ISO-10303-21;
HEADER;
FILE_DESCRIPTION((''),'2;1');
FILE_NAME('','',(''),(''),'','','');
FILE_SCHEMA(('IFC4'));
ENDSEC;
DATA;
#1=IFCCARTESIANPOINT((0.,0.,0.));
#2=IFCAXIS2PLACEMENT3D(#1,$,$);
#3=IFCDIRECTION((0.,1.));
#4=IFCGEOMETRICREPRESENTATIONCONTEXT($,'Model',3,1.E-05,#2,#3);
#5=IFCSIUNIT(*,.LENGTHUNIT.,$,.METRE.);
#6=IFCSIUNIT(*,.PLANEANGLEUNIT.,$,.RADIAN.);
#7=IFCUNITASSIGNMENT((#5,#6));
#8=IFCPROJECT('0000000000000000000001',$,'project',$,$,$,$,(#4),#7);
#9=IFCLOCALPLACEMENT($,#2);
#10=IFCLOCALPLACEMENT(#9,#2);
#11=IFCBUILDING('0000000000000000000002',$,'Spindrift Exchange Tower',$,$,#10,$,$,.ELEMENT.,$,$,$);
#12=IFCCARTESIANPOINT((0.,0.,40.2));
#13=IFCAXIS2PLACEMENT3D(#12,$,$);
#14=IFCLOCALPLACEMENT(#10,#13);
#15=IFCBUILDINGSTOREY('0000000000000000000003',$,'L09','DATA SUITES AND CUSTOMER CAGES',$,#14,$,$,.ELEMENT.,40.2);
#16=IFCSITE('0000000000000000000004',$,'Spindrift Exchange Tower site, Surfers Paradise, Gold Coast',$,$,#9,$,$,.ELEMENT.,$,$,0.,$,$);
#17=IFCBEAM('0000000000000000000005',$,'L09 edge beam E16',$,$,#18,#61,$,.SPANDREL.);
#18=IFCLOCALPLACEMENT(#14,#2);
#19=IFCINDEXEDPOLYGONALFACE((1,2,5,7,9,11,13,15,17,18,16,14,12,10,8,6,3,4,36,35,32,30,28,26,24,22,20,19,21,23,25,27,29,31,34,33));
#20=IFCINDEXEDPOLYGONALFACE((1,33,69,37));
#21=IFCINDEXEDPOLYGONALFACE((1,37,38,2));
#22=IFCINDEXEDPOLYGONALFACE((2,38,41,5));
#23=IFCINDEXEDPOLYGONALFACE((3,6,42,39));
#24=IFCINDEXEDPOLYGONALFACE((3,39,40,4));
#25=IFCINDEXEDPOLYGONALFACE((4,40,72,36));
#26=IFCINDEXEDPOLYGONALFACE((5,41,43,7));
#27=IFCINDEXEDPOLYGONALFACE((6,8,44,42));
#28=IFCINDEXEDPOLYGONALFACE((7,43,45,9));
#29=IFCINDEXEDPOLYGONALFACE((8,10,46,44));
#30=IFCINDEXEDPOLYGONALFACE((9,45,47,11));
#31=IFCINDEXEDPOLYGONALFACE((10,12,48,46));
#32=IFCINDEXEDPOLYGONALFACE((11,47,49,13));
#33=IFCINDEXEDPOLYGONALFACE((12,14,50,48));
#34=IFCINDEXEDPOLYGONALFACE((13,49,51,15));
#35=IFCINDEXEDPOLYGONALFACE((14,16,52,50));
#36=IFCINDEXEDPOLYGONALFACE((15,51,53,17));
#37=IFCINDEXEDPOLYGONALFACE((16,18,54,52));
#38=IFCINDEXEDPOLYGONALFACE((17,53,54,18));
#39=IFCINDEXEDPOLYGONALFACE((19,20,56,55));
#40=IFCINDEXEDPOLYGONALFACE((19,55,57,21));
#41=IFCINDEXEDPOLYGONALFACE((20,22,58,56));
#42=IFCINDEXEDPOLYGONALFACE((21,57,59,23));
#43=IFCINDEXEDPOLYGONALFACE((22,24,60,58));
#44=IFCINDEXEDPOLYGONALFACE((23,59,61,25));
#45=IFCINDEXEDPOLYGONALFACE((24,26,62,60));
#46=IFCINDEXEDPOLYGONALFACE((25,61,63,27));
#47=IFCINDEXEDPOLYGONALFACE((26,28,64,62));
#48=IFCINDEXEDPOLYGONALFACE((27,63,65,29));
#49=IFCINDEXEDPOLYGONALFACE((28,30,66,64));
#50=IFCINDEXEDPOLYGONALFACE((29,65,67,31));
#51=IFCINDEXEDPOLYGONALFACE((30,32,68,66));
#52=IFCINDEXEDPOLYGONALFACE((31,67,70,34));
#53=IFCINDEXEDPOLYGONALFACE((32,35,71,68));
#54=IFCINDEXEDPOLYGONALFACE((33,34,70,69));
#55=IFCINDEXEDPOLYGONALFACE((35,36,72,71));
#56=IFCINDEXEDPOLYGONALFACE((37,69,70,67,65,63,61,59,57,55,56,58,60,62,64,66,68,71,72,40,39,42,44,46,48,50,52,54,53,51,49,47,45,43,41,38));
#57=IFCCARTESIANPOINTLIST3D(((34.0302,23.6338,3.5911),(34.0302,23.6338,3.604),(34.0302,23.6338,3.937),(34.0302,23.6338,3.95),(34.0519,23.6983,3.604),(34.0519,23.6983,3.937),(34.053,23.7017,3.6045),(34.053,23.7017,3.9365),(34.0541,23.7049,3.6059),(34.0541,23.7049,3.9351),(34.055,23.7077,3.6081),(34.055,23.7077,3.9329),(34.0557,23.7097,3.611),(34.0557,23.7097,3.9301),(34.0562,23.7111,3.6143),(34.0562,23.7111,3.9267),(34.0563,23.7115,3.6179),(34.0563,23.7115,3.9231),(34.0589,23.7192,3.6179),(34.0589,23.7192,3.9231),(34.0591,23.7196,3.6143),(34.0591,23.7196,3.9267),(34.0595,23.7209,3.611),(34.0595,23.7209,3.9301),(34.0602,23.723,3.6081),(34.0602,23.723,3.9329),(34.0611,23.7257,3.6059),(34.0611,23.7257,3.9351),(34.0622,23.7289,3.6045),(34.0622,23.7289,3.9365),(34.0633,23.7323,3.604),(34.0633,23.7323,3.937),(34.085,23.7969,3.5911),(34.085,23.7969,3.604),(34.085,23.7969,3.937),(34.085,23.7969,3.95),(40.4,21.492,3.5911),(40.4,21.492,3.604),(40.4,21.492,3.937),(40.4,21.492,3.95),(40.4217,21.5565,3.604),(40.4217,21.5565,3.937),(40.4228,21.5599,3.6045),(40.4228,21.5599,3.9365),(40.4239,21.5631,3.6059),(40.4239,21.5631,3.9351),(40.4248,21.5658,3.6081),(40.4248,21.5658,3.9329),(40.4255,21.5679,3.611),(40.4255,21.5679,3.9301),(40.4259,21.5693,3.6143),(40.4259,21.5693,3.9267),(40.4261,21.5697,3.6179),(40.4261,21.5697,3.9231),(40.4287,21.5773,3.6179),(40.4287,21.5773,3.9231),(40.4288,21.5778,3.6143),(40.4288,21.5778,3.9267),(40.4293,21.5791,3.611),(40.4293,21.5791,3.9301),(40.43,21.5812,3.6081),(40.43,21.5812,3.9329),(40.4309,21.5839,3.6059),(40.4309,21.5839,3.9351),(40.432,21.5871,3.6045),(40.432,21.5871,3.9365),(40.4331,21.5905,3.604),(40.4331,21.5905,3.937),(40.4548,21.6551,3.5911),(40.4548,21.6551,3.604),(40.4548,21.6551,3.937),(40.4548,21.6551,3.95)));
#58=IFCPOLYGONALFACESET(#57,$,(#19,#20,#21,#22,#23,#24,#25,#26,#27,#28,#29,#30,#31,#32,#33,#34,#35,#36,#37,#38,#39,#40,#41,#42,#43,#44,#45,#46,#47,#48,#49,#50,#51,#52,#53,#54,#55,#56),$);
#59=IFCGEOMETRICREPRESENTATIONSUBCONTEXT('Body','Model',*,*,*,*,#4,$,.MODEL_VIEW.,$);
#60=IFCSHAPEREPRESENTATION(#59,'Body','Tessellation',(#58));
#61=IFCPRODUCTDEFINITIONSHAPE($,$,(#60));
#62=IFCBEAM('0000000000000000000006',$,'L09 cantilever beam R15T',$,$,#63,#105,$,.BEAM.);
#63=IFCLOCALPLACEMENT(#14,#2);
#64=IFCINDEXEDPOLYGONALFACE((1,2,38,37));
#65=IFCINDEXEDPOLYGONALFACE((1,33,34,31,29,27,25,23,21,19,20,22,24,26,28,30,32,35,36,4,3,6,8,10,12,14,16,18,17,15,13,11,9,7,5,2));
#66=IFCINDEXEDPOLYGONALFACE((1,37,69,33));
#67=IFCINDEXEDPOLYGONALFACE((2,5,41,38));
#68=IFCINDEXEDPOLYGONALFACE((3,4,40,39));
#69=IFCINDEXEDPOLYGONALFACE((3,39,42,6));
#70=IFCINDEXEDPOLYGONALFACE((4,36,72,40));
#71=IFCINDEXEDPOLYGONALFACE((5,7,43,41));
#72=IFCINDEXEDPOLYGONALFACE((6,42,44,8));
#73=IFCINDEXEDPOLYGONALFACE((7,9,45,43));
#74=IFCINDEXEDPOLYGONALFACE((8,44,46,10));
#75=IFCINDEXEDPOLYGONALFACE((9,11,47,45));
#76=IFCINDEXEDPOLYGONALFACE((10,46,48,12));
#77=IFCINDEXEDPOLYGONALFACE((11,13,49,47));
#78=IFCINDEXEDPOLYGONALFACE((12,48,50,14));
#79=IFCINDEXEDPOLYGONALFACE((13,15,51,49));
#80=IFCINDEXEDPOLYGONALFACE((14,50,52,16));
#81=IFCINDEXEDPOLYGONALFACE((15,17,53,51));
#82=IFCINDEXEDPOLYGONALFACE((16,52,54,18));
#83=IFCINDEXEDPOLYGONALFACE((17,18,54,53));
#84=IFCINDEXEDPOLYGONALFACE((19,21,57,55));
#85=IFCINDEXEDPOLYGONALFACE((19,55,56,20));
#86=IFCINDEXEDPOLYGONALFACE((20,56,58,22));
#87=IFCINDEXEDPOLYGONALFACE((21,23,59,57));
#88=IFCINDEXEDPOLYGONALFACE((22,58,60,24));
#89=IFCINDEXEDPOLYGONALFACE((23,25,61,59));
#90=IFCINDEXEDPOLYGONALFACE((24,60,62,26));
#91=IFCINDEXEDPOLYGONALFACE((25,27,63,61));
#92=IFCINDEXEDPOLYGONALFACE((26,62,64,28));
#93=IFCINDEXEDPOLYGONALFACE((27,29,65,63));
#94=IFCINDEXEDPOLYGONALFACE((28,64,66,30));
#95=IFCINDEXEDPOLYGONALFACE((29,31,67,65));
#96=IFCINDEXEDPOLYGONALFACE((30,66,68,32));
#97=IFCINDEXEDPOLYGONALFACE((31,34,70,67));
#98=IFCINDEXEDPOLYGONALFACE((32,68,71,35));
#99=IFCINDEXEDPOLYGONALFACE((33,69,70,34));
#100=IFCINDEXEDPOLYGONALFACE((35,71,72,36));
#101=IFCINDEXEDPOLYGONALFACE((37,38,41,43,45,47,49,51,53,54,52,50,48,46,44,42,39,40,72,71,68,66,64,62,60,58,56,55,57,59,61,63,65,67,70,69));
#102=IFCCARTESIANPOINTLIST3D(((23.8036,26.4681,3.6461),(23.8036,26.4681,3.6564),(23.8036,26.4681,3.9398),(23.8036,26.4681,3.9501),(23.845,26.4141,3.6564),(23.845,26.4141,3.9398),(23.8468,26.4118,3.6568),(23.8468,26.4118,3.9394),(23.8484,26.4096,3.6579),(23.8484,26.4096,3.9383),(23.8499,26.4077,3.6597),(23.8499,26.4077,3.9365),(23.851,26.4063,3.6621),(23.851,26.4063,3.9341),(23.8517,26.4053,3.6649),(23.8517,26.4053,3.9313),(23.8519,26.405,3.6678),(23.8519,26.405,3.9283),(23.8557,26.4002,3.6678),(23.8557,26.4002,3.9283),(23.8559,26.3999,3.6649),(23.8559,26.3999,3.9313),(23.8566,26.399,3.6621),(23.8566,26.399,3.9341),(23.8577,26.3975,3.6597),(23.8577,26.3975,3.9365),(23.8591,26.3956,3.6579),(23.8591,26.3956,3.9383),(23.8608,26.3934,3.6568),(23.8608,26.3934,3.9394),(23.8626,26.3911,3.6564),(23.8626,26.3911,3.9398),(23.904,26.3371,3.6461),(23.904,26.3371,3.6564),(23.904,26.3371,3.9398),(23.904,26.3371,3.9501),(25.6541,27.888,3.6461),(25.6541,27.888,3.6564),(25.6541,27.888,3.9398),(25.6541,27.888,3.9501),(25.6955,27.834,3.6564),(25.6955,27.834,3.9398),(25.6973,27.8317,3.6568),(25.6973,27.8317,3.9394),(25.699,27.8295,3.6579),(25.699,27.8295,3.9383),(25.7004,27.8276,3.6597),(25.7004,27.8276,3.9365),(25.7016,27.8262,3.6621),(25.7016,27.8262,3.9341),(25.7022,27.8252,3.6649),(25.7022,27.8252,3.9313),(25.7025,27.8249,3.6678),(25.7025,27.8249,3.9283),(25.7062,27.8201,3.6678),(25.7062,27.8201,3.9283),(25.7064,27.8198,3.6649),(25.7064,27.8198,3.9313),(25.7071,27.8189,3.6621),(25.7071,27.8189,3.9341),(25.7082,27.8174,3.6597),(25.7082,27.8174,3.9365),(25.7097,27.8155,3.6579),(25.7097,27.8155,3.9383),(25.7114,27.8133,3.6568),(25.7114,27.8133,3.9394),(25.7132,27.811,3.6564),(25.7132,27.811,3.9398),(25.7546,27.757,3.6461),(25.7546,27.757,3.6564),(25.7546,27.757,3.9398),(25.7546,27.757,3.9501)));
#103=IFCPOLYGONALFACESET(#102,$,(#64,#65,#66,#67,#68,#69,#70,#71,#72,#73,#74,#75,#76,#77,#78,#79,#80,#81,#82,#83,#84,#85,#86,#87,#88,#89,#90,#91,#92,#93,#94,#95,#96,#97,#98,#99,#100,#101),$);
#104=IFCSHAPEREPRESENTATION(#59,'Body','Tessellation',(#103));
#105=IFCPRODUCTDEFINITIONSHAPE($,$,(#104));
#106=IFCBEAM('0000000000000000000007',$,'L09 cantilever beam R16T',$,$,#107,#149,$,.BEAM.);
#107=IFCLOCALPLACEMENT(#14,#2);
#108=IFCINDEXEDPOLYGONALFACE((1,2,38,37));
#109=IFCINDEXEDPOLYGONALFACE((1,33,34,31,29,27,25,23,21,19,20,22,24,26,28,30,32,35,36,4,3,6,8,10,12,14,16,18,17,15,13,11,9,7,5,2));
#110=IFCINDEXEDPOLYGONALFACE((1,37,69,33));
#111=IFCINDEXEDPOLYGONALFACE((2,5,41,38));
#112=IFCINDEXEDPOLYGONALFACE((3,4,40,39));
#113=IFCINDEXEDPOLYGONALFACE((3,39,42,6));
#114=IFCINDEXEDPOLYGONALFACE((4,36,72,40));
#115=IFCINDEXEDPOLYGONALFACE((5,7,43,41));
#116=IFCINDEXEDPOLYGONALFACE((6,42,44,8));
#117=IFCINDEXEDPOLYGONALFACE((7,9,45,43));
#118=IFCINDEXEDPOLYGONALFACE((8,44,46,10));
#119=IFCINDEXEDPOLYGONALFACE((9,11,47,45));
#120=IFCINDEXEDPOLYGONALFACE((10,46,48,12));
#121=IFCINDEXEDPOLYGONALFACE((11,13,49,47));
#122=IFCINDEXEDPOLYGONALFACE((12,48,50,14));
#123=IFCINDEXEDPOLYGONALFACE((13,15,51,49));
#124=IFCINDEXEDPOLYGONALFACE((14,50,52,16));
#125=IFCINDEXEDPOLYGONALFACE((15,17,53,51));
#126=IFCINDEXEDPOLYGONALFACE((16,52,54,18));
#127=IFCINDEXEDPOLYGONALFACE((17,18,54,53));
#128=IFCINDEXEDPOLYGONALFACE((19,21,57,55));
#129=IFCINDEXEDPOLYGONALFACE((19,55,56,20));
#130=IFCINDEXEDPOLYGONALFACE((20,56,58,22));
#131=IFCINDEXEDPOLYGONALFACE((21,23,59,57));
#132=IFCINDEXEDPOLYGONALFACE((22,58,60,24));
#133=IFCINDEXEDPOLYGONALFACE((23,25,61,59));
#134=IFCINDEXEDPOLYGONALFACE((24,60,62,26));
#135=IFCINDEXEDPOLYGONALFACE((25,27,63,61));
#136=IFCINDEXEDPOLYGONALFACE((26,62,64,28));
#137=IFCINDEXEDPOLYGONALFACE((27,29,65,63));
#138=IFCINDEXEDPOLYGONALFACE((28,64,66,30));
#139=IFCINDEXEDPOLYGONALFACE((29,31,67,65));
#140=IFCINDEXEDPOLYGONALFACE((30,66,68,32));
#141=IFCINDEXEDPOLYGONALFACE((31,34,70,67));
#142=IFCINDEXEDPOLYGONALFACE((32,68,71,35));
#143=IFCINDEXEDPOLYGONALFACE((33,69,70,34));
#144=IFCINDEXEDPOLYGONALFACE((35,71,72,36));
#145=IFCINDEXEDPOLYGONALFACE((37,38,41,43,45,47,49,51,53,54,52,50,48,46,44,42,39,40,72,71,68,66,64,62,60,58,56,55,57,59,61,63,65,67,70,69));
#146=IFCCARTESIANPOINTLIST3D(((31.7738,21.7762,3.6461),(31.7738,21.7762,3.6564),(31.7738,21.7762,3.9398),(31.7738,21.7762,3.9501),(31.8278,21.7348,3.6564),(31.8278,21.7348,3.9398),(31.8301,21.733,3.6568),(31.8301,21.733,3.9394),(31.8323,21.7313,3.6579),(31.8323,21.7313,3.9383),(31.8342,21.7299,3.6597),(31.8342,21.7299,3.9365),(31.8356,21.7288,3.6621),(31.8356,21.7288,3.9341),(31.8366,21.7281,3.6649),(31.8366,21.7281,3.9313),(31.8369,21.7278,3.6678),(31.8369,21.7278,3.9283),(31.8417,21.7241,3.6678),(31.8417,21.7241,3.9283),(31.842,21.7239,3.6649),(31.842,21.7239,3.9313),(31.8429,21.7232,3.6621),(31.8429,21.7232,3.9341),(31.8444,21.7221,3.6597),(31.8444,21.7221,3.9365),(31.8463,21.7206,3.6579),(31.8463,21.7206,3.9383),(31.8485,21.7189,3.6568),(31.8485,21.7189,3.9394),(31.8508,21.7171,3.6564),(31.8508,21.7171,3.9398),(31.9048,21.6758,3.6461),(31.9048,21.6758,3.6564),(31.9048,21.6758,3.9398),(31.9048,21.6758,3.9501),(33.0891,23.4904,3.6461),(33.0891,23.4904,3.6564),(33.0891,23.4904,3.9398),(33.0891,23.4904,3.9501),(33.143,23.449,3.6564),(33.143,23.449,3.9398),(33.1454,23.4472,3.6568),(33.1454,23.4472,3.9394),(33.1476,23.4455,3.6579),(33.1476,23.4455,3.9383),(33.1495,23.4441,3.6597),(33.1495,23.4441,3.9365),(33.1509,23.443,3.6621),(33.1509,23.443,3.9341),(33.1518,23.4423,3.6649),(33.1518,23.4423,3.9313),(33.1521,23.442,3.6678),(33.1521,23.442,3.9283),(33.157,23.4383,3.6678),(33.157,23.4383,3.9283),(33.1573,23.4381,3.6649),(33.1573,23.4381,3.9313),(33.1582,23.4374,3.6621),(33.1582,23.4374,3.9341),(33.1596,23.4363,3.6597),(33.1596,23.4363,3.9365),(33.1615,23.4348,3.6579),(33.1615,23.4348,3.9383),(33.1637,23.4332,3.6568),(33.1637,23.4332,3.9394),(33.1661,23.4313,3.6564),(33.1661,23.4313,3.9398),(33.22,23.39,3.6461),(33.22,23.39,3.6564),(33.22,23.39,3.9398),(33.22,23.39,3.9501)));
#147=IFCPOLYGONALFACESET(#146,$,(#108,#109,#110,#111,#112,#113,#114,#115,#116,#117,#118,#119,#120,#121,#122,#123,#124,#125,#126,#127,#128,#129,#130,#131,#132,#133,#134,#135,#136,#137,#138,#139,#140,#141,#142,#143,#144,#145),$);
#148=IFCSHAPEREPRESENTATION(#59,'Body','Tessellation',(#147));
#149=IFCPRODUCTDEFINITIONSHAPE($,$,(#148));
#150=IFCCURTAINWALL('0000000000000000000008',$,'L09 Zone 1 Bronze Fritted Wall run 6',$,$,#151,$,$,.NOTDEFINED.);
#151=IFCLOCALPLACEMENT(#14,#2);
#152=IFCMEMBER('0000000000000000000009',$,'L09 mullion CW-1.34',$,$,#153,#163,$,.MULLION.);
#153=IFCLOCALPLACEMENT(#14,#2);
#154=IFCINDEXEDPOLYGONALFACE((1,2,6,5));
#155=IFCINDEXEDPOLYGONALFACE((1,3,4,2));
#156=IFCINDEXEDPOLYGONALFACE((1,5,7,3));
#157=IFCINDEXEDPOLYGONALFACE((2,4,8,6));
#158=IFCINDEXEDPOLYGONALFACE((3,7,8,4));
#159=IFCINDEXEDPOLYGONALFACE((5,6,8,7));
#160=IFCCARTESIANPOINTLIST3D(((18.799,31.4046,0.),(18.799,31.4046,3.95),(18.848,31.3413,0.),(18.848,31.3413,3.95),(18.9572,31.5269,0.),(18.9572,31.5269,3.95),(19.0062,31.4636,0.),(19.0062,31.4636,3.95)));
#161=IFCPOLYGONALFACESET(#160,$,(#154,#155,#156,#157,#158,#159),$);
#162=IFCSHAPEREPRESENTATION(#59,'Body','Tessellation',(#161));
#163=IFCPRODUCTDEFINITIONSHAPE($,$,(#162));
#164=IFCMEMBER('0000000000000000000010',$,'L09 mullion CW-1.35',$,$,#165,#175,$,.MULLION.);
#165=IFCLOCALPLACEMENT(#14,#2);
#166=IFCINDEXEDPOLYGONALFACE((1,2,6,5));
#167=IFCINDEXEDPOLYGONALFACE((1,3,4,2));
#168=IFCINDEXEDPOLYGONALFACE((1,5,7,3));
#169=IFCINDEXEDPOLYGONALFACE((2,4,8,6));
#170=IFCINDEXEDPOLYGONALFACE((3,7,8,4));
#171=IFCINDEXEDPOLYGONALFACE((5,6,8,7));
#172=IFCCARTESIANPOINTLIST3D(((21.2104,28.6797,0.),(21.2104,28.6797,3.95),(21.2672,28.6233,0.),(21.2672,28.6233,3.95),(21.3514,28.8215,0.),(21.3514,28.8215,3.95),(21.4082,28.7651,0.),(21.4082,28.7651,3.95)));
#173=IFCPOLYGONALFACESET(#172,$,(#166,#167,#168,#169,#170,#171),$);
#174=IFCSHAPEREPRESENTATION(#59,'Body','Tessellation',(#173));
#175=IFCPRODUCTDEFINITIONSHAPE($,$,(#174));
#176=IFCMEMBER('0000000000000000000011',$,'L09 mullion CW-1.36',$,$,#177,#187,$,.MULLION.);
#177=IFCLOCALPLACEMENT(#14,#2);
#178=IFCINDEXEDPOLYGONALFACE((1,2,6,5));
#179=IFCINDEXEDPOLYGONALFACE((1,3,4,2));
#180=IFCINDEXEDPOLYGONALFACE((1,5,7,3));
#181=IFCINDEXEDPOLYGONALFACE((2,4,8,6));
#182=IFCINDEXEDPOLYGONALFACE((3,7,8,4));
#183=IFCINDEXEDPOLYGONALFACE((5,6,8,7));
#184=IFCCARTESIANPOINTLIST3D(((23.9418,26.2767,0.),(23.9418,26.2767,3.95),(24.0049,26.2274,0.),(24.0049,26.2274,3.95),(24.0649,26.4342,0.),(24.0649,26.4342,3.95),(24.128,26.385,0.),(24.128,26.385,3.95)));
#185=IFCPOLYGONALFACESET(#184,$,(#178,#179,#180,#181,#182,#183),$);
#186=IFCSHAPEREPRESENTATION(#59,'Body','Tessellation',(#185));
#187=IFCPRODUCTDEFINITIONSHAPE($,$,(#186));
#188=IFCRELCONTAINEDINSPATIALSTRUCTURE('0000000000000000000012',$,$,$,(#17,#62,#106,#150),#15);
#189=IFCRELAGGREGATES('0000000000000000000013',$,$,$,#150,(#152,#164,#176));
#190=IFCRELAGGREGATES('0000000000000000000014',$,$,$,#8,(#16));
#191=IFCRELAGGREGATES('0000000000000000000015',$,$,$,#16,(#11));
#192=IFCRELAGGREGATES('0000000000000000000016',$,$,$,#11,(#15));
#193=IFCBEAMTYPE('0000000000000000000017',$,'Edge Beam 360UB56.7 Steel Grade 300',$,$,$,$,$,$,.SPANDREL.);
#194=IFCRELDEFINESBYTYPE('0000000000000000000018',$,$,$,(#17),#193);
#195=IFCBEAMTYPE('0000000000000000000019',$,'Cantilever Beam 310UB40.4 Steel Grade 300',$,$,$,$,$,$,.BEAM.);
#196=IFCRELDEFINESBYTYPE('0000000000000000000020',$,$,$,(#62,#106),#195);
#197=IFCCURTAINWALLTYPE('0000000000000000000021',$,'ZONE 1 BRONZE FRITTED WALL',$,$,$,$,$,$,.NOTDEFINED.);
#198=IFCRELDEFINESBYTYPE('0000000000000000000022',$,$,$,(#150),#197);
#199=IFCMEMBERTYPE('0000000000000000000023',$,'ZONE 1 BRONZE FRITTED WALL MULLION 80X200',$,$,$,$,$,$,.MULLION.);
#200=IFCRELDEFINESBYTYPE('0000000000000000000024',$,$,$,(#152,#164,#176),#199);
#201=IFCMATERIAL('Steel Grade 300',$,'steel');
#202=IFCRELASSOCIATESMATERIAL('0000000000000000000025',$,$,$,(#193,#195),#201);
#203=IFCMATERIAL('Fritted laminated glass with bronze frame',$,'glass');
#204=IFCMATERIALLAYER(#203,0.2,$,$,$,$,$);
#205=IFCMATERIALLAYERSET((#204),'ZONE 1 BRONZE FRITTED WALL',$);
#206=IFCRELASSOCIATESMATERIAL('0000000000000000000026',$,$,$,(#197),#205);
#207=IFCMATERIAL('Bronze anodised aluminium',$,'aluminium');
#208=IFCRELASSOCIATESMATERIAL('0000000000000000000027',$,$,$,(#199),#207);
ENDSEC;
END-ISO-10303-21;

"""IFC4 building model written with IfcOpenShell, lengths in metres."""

from ifc_helpers import new_model, si_unit, direction, frame, origin, origin_2d, place, context, subcontext, project, spatial, rectangle, i_section, extrude, source, transform, mapped, material, layer, layer_set, material_profile, profile_set, type_object, element, aggregate, save


model = new_model("IFC4")

# Units and contexts
model_context = context("Model", 3, precision=1e-05, world=origin(), true_north=direction((0.0, 1.0)))
body_context = subcontext(model_context, "Body", "Model", "MODEL_VIEW")
ifc_project = project(units=[si_unit("LENGTHUNIT", "METRE"), si_unit("PLANEANGLEUNIT", "RADIAN")], contexts=[model_context])

# Site, building, storey
site_placement = place(None, origin())
site = spatial("IfcSite", under=ifc_project, at=site_placement, Name="Spindrift Exchange Tower site, Surfers Paradise, Gold Coast", CompositionType="ELEMENT", RefElevation=0.0)
building_placement = place(site_placement, origin())
building = spatial("IfcBuilding", under=site, at=building_placement, Name="Spindrift Exchange Tower", CompositionType="ELEMENT")
storey_placement = place(building_placement, frame((0.0, 0.0, 40.2)))
storey = spatial("IfcBuildingStorey", under=building, at=storey_placement, Name="L09", Description="DATA SUITES AND CUSTOMER CAGES", CompositionType="ELEMENT", Elevation=40.2)

# Beams
ifc_material_1 = material(Name="Steel Grade 300", Category="steel")
ifc_material_profile_1 = material_profile(ifc_material_1, i_section(OverallWidth=0.1721, OverallDepth=0.3589, WebThickness=0.0081, FlangeThickness=0.0129, FilletRadius=0.0139, at=origin_2d()), Name="360UB56.7")
ifc_profile_set_1 = profile_set([ifc_material_profile_1], Name="Steel Grade 300")
beam_type_1 = type_object("IfcBeamType", Name="Edge Beam 360UB56.7 Steel Grade 300", PredefinedType="SPANDREL", material=ifc_profile_set_1)
shared_shape_1 = source(origin(), body_context, "Body", "SweptSolid", [
    extrude(i_section(OverallWidth=0.1721, OverallDepth=0.3589, WebThickness=0.0081, FlangeThickness=0.0129, FilletRadius=0.0139, at=origin_2d()), origin(), (0.0, 0.0, 1.0), 6.7202),
])
beam_1_placement = place(storey_placement, frame((34.0576, 23.7153, 3.7705), z_axis=(0.947852, -0.318712, 0.0), x_axis=(0.318712, 0.947852, 0.0)))
element("IfcBeam", 1, at=beam_1_placement, inside=storey, type_object=beam_type_1, Name="L09 edge beam E16", PredefinedType="SPANDREL", context=body_context, shape_type="MappedRepresentation", body=[
    mapped(shared_shape_1, transform((0.0, 0.0, 0.0), scale=1.0)),
])
ifc_material_profile_2 = material_profile(ifc_material_1, i_section(OverallWidth=0.165, OverallDepth=0.304, WebThickness=0.0061, FlangeThickness=0.0103, FilletRadius=0.0115, at=origin_2d()), Name="310UB40.4")
ifc_profile_set_2 = profile_set([ifc_material_profile_2], Name="Steel Grade 300")
beam_type_2 = type_object("IfcBeamType", Name="Cantilever Beam 310UB40.4 Steel Grade 300", PredefinedType="BEAM", material=ifc_profile_set_2)
shared_shape_2 = source(origin(), body_context, "Body", "SweptSolid", [
    extrude(i_section(OverallWidth=0.165, OverallDepth=0.304, WebThickness=0.0061, FlangeThickness=0.0103, FilletRadius=0.0115, at=origin_2d()), origin(), (0.0, 0.0, 1.0), 2.3325),
])
beam_2_placement = place(storey_placement, frame((25.7043, 27.8225, 3.7981), z_axis=(-0.79337, -0.608739, 0.0), x_axis=(0.608739, -0.79337, 0.0)))
element("IfcBeam", 2, at=beam_2_placement, inside=storey, type_object=beam_type_2, Name="L09 cantilever beam R15T", PredefinedType="BEAM", context=body_context, shape_type="MappedRepresentation", body=[
    mapped(shared_shape_2, transform((0.0, 0.0, 0.0), scale=1.0)),
])
shared_shape_3 = source(origin(), body_context, "Body", "SweptSolid", [
    extrude(i_section(OverallWidth=0.165, OverallDepth=0.304, WebThickness=0.0061, FlangeThickness=0.0103, FilletRadius=0.0115, at=origin_2d()), origin(), (0.0, 0.0, 1.0), 2.1606),
])
beam_3_placement = place(storey_placement, frame((33.1545, 23.4402, 3.7981), z_axis=(-0.608733, -0.793375, 0.0), x_axis=(0.793375, -0.608733, 0.0)))
element("IfcBeam", 3, at=beam_3_placement, inside=storey, type_object=beam_type_2, Name="L09 cantilever beam R16T", PredefinedType="BEAM", context=body_context, shape_type="MappedRepresentation", body=[
    mapped(shared_shape_3, transform((0.0, 0.0, 0.0), scale=1.0)),
])

# Curtain wall, members
ifc_material_2 = material(Name="Fritted laminated glass with bronze frame", Category="glass")
ifc_layer_1 = layer(ifc_material_2, 0.2)
ifc_layer_set_1 = layer_set([ifc_layer_1], Name="ZONE 1 BRONZE FRITTED WALL")
curtain_wall_type = type_object("IfcCurtainWallType", Name="ZONE 1 BRONZE FRITTED WALL", PredefinedType="NOTDEFINED", material=ifc_layer_set_1)
curtain_wall_1_placement = place(storey_placement, origin())
curtain_wall_1 = element("IfcCurtainWall", 4, at=curtain_wall_1_placement, inside=storey, type_object=curtain_wall_type, Name="L09 Zone 1 Bronze Fritted Wall run 6", PredefinedType="NOTDEFINED")
ifc_material_3 = material(Name="Bronze anodised aluminium", Category="aluminium")
ifc_material_profile_3 = material_profile(ifc_material_3, rectangle(XDim=0.0801, YDim=0.2, at=origin_2d()), Name="ZONE 1 BRONZE FRITTED WALL MULLION 80X200")
ifc_profile_set_3 = profile_set([ifc_material_profile_3], Name="Bronze anodised aluminium")
member_type_1 = type_object("IfcMemberType", Name="ZONE 1 BRONZE FRITTED WALL MULLION 80X200", PredefinedType="MULLION", material=ifc_profile_set_3)
shared_shape_4 = source(origin(), body_context, "Body", "SweptSolid", [
    extrude(rectangle(XDim=0.0801, YDim=0.2, at=origin_2d()), origin(), (0.0, 0.0, 1.0), 3.95),
])
member_1_placement = place(storey_placement, frame((18.9026, 31.4341, 0.0), z_axis=(0.0, 0.0, 1.0), x_axis=(0.611636, -0.791139, 0.0)))
member_1 = element("IfcMember", 5, at=member_1_placement, type_object=member_type_1, Name="L09 mullion CW-1.34", PredefinedType="MULLION", context=body_context, shape_type="MappedRepresentation", body=[
    mapped(shared_shape_4, transform((0.0, 0.0, 0.0), scale=1.0)),
])
member_2_placement = place(storey_placement, frame((21.3093, 28.7224, 0.0), z_axis=(0.0, 0.0, 1.0), x_axis=(0.709126, -0.705082, 0.0)))
member_2 = element("IfcMember", 6, at=member_2_placement, type_object=member_type_1, Name="L09 mullion CW-1.35", PredefinedType="MULLION", context=body_context, shape_type="MappedRepresentation", body=[
    mapped(shared_shape_4, transform((0.0, 0.0, 0.0), scale=1.0)),
])
member_3_placement = place(storey_placement, frame((24.0349, 26.3308, 0.0), z_axis=(0.0, 0.0, 1.0), x_axis=(0.788105, -0.615541, 0.0)))
member_3 = element("IfcMember", 7, at=member_3_placement, type_object=member_type_1, Name="L09 mullion CW-1.36", PredefinedType="MULLION", context=body_context, shape_type="MappedRepresentation", body=[
    mapped(shared_shape_4, transform((0.0, 0.0, 0.0), scale=1.0)),
])

aggregate(curtain_wall_1, [member_1, member_2, member_3])

save(model, "model.ifc")
